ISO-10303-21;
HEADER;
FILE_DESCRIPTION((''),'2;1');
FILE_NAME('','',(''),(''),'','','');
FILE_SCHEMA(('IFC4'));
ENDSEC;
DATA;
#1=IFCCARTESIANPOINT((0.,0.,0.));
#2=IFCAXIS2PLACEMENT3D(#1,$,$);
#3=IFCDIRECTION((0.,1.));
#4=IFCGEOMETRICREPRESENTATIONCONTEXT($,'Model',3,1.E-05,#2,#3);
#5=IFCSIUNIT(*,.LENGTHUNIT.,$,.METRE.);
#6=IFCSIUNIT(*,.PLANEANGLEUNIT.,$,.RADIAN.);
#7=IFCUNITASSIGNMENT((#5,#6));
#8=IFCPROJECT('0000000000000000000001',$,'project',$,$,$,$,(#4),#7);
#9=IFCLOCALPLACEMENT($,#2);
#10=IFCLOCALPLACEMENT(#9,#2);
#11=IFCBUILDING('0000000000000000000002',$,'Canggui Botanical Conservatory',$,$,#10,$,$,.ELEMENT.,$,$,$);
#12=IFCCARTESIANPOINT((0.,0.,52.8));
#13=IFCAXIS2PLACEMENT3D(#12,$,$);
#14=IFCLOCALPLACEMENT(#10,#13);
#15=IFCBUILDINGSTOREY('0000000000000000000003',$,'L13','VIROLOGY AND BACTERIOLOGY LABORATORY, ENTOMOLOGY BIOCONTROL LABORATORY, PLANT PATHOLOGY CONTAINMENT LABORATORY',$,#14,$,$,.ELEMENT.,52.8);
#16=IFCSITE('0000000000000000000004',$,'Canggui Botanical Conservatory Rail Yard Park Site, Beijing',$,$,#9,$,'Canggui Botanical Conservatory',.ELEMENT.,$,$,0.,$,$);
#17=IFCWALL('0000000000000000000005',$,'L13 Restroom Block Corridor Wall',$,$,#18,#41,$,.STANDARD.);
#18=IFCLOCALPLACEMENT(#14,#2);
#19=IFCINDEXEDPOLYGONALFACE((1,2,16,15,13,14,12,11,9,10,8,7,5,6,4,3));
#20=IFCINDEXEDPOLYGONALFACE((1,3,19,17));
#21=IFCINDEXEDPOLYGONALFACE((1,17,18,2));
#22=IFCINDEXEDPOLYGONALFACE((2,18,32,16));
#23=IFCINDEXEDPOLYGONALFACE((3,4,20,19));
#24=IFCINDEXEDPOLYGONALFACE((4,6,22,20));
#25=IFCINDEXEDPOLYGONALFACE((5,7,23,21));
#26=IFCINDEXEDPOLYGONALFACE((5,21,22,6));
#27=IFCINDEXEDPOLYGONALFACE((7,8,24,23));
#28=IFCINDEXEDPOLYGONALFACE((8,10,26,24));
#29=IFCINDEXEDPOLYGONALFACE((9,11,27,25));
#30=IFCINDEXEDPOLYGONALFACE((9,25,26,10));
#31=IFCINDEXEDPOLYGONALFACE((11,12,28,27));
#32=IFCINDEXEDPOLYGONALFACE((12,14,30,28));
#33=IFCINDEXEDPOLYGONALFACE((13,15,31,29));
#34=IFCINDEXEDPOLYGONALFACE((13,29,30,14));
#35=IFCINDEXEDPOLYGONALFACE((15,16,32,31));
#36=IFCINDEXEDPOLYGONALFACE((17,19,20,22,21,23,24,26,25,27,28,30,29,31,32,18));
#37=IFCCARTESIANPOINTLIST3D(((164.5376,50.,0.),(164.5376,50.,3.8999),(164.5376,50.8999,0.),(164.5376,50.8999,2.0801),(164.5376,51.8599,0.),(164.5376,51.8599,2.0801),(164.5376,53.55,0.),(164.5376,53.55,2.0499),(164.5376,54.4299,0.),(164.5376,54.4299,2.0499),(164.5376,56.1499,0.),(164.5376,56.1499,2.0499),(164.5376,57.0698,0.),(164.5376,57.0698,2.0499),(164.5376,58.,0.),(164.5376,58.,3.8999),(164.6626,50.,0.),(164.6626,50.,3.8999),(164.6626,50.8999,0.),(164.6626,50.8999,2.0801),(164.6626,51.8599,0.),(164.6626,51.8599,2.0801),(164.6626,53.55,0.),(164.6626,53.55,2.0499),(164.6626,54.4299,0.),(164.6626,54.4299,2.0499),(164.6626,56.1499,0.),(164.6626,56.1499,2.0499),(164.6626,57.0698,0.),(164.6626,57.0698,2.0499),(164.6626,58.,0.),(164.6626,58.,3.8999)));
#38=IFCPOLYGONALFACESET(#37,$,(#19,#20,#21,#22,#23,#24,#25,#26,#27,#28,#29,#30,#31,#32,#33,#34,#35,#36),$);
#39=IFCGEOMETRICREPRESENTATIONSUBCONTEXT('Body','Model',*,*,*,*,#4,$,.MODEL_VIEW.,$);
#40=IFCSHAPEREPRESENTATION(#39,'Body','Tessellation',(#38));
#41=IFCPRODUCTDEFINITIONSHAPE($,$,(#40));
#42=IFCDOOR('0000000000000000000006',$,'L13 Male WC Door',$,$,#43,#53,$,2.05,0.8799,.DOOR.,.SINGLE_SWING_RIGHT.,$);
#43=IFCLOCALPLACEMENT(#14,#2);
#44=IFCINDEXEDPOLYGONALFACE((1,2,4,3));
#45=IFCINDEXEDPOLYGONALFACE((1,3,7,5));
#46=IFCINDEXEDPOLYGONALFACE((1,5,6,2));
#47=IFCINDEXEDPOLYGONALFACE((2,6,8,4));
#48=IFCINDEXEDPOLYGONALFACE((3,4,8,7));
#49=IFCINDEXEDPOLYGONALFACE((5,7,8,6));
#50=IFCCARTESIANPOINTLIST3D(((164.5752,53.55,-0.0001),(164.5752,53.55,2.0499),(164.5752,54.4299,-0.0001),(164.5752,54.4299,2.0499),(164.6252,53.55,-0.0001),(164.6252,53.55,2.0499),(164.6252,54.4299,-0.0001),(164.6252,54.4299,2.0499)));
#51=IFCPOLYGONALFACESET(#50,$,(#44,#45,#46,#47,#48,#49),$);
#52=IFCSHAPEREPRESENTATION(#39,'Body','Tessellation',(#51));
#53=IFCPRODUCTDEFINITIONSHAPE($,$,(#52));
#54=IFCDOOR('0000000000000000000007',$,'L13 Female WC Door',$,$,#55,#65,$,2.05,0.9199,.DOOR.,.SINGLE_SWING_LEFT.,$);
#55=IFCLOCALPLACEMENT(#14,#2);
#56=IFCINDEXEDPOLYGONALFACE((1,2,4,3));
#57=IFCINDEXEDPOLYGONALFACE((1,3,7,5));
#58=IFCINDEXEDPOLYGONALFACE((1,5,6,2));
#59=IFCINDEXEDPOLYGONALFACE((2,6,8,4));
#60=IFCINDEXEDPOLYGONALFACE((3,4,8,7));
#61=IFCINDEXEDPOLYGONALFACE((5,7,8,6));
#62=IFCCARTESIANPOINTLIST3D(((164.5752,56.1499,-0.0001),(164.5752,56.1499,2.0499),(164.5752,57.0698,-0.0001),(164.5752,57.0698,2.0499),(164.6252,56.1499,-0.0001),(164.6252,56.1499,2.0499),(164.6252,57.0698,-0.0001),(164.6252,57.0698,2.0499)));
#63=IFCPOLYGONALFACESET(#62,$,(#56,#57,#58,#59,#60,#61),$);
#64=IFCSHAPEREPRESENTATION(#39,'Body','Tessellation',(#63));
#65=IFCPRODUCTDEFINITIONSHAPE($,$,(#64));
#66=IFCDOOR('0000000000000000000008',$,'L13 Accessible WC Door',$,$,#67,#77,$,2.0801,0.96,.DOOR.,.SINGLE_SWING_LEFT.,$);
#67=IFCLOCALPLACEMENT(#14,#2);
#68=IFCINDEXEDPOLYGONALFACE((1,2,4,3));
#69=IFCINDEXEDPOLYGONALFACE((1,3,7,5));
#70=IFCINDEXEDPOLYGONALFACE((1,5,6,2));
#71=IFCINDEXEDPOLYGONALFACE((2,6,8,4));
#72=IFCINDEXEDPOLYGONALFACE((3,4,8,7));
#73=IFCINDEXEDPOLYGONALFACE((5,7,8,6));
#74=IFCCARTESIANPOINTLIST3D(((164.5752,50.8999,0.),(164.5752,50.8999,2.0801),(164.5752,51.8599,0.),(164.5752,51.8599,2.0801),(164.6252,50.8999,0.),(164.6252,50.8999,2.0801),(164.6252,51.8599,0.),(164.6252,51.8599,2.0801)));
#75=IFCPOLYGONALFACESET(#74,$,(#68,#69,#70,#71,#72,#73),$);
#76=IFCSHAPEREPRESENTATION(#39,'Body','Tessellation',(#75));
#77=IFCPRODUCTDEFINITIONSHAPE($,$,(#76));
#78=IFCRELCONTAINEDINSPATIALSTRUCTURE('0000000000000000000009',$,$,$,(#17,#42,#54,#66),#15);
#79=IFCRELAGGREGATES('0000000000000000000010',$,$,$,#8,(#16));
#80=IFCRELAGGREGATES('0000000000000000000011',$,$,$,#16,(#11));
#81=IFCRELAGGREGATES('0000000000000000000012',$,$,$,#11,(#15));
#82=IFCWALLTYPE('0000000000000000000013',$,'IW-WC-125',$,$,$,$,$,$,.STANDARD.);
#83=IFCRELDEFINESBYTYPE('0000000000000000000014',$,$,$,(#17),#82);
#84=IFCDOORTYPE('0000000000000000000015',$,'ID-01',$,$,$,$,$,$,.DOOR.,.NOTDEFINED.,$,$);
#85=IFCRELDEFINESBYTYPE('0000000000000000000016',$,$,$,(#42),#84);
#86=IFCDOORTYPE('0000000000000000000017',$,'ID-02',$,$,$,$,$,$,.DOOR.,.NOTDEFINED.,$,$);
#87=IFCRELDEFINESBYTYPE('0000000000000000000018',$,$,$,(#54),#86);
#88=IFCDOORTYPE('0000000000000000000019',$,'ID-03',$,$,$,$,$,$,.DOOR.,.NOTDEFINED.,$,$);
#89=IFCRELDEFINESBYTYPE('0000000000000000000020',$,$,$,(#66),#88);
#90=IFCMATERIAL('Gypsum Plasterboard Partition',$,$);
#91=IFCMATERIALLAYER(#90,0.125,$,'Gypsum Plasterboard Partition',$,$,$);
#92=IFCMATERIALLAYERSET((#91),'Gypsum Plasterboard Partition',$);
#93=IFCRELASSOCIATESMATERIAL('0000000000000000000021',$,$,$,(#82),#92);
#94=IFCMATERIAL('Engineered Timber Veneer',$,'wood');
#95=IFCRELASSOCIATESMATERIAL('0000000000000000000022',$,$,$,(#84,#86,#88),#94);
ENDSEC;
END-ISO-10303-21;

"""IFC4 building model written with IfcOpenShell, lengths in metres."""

from ifc_helpers import new_model, si_unit, direction, frame, frame_2d, origin, place, context, subcontext, project, spatial, rectangle, extrude, material, layer, layer_set, type_object, element, fill, save


model = new_model("IFC4")

# Units and contexts
model_context = context("Model", 3, precision=1e-05, world=origin(), true_north=direction((0.0, 1.0)))
body_context = subcontext(model_context, "Body", "Model", "MODEL_VIEW")
ifc_project = project(units=[si_unit("LENGTHUNIT", "METRE"), si_unit("PLANEANGLEUNIT", "RADIAN")], contexts=[model_context])

# Site, building, storey
site_placement = place(None, origin())
site = spatial("IfcSite", under=ifc_project, at=site_placement, Name="Canggui Botanical Conservatory Rail Yard Park Site, Beijing", LongName="Canggui Botanical Conservatory", CompositionType="ELEMENT", RefElevation=0.0)
building_placement = place(site_placement, origin())
building = spatial("IfcBuilding", under=site, at=building_placement, Name="Canggui Botanical Conservatory", CompositionType="ELEMENT")
storey_placement = place(building_placement, frame((0.0, 0.0, 52.8)))
storey = spatial("IfcBuildingStorey", under=building, at=storey_placement, Name="L13", Description="VIROLOGY AND BACTERIOLOGY LABORATORY, ENTOMOLOGY BIOCONTROL LABORATORY, PLANT PATHOLOGY CONTAINMENT LABORATORY", CompositionType="ELEMENT", Elevation=52.8)

# Shared definitions
ifc_material_1 = material(Name="Gypsum Plasterboard Partition")

# Wall, openings, doors
ifc_layer_1 = layer(ifc_material_1, 0.125, Name="Gypsum Plasterboard Partition")
ifc_layer_set_1 = layer_set([ifc_layer_1], Name="Gypsum Plasterboard Partition")
wall_type_1 = type_object("IfcWallType", Name="IW-WC-125", PredefinedType="STANDARD", material=ifc_layer_set_1)
wall_1_placement = place(storey_placement, frame((164.6001, 50.0, 0.0), z_axis=(0.0, 0.0, 1.0), x_axis=(0.0, 1.0, 0.0)))
wall_1 = element("IfcWall", 1, at=wall_1_placement, inside=storey, type_object=wall_type_1, Name="L13 Restroom Block Corridor Wall", PredefinedType="STANDARD", context=body_context, shape_type="SweptSolid", body=[
    extrude(rectangle(XDim=8.0, YDim=0.125, at=frame_2d((4.0, 0.0))), origin(), (0.0, 0.0, 1.0), 3.8999),
])
opening_1_placement = place(wall_1_placement, frame((0.8999, 0.0, 0.0)))
opening_1 = element("IfcOpeningElement", 2, at=opening_1_placement, cuts=wall_1, PredefinedType="OPENING", context=body_context, shape_type="SweptSolid", body=[
    extrude(rectangle(XDim=0.96, YDim=2.0801, at=frame_2d((0.48, 1.04))), frame((0.0, 0.0725, 0.0), z_axis=(0.0, -1.0, 0.0), x_axis=(1.0, 0.0, 0.0)), (0.0, 0.0, 1.0), 0.145),
])
opening_2_placement = place(wall_1_placement, frame((3.55, 0.0, 0.0)))
opening_2 = element("IfcOpeningElement", 3, at=opening_2_placement, cuts=wall_1, PredefinedType="OPENING", context=body_context, shape_type="SweptSolid", body=[
    extrude(rectangle(XDim=0.8799, YDim=2.05, at=frame_2d((0.4399, 1.0249))), frame((0.0, 0.0725, 0.0), z_axis=(0.0, -1.0, 0.0), x_axis=(1.0, 0.0, 0.0)), (0.0, 0.0, 1.0), 0.145),
])
opening_3_placement = place(wall_1_placement, frame((6.1499, 0.0, 0.0)))
opening_3 = element("IfcOpeningElement", 4, at=opening_3_placement, cuts=wall_1, PredefinedType="OPENING", context=body_context, shape_type="SweptSolid", body=[
    extrude(rectangle(XDim=0.9199, YDim=2.05, at=frame_2d((0.46, 1.0249))), frame((0.0, 0.0725, 0.0), z_axis=(0.0, -1.0, 0.0), x_axis=(1.0, 0.0, 0.0)), (0.0, 0.0, 1.0), 0.145),
])
ifc_material_2 = material(Name="Engineered Timber Veneer", Category="wood")
door_type_1 = type_object("IfcDoorType", Name="ID-01", OperationType="NOTDEFINED", PredefinedType="DOOR", material=ifc_material_2)
door_1_placement = place(opening_2_placement, origin())
door_1 = element("IfcDoor", 5, at=door_1_placement, inside=storey, type_object=door_type_1, Name="L13 Male WC Door", OperationType="SINGLE_SWING_RIGHT", OverallHeight=2.05, OverallWidth=0.8799, PredefinedType="DOOR", context=body_context, shape_type="SweptSolid", body=[
    extrude(rectangle(XDim=0.8799, YDim=2.05, at=frame_2d((0.4399, 1.0249))), frame((0.0, 0.0249, 0.0), z_axis=(0.0, -1.0, 0.0), x_axis=(1.0, 0.0, 0.0)), (0.0, 0.0, 1.0), 0.05),
])
fill(opening_2, door_1)
door_type_2 = type_object("IfcDoorType", Name="ID-02", OperationType="NOTDEFINED", PredefinedType="DOOR", material=ifc_material_2)
door_2_placement = place(opening_3_placement, origin())
door_2 = element("IfcDoor", 6, at=door_2_placement, inside=storey, type_object=door_type_2, Name="L13 Female WC Door", OperationType="SINGLE_SWING_LEFT", OverallHeight=2.05, OverallWidth=0.9199, PredefinedType="DOOR", context=body_context, shape_type="SweptSolid", body=[
    extrude(rectangle(XDim=0.9199, YDim=2.05, at=frame_2d((0.46, 1.0249))), frame((0.0, 0.0249, 0.0), z_axis=(0.0, -1.0, 0.0), x_axis=(1.0, 0.0, 0.0)), (0.0, 0.0, 1.0), 0.05),
])
fill(opening_3, door_2)
door_type_3 = type_object("IfcDoorType", Name="ID-03", OperationType="NOTDEFINED", PredefinedType="DOOR", material=ifc_material_2)
door_3_placement = place(opening_1_placement, origin())
door_3 = element("IfcDoor", 7, at=door_3_placement, inside=storey, type_object=door_type_3, Name="L13 Accessible WC Door", OperationType="SINGLE_SWING_LEFT", OverallHeight=2.0801, OverallWidth=0.96, PredefinedType="DOOR", context=body_context, shape_type="SweptSolid", body=[
    extrude(rectangle(XDim=0.96, YDim=2.0801, at=frame_2d((0.48, 1.04))), frame((0.0, 0.0249, 0.0), z_axis=(0.0, -1.0, 0.0), x_axis=(1.0, 0.0, 0.0)), (0.0, 0.0, 1.0), 0.05),
])
fill(opening_1, door_3)

save(model, "model.ifc")
